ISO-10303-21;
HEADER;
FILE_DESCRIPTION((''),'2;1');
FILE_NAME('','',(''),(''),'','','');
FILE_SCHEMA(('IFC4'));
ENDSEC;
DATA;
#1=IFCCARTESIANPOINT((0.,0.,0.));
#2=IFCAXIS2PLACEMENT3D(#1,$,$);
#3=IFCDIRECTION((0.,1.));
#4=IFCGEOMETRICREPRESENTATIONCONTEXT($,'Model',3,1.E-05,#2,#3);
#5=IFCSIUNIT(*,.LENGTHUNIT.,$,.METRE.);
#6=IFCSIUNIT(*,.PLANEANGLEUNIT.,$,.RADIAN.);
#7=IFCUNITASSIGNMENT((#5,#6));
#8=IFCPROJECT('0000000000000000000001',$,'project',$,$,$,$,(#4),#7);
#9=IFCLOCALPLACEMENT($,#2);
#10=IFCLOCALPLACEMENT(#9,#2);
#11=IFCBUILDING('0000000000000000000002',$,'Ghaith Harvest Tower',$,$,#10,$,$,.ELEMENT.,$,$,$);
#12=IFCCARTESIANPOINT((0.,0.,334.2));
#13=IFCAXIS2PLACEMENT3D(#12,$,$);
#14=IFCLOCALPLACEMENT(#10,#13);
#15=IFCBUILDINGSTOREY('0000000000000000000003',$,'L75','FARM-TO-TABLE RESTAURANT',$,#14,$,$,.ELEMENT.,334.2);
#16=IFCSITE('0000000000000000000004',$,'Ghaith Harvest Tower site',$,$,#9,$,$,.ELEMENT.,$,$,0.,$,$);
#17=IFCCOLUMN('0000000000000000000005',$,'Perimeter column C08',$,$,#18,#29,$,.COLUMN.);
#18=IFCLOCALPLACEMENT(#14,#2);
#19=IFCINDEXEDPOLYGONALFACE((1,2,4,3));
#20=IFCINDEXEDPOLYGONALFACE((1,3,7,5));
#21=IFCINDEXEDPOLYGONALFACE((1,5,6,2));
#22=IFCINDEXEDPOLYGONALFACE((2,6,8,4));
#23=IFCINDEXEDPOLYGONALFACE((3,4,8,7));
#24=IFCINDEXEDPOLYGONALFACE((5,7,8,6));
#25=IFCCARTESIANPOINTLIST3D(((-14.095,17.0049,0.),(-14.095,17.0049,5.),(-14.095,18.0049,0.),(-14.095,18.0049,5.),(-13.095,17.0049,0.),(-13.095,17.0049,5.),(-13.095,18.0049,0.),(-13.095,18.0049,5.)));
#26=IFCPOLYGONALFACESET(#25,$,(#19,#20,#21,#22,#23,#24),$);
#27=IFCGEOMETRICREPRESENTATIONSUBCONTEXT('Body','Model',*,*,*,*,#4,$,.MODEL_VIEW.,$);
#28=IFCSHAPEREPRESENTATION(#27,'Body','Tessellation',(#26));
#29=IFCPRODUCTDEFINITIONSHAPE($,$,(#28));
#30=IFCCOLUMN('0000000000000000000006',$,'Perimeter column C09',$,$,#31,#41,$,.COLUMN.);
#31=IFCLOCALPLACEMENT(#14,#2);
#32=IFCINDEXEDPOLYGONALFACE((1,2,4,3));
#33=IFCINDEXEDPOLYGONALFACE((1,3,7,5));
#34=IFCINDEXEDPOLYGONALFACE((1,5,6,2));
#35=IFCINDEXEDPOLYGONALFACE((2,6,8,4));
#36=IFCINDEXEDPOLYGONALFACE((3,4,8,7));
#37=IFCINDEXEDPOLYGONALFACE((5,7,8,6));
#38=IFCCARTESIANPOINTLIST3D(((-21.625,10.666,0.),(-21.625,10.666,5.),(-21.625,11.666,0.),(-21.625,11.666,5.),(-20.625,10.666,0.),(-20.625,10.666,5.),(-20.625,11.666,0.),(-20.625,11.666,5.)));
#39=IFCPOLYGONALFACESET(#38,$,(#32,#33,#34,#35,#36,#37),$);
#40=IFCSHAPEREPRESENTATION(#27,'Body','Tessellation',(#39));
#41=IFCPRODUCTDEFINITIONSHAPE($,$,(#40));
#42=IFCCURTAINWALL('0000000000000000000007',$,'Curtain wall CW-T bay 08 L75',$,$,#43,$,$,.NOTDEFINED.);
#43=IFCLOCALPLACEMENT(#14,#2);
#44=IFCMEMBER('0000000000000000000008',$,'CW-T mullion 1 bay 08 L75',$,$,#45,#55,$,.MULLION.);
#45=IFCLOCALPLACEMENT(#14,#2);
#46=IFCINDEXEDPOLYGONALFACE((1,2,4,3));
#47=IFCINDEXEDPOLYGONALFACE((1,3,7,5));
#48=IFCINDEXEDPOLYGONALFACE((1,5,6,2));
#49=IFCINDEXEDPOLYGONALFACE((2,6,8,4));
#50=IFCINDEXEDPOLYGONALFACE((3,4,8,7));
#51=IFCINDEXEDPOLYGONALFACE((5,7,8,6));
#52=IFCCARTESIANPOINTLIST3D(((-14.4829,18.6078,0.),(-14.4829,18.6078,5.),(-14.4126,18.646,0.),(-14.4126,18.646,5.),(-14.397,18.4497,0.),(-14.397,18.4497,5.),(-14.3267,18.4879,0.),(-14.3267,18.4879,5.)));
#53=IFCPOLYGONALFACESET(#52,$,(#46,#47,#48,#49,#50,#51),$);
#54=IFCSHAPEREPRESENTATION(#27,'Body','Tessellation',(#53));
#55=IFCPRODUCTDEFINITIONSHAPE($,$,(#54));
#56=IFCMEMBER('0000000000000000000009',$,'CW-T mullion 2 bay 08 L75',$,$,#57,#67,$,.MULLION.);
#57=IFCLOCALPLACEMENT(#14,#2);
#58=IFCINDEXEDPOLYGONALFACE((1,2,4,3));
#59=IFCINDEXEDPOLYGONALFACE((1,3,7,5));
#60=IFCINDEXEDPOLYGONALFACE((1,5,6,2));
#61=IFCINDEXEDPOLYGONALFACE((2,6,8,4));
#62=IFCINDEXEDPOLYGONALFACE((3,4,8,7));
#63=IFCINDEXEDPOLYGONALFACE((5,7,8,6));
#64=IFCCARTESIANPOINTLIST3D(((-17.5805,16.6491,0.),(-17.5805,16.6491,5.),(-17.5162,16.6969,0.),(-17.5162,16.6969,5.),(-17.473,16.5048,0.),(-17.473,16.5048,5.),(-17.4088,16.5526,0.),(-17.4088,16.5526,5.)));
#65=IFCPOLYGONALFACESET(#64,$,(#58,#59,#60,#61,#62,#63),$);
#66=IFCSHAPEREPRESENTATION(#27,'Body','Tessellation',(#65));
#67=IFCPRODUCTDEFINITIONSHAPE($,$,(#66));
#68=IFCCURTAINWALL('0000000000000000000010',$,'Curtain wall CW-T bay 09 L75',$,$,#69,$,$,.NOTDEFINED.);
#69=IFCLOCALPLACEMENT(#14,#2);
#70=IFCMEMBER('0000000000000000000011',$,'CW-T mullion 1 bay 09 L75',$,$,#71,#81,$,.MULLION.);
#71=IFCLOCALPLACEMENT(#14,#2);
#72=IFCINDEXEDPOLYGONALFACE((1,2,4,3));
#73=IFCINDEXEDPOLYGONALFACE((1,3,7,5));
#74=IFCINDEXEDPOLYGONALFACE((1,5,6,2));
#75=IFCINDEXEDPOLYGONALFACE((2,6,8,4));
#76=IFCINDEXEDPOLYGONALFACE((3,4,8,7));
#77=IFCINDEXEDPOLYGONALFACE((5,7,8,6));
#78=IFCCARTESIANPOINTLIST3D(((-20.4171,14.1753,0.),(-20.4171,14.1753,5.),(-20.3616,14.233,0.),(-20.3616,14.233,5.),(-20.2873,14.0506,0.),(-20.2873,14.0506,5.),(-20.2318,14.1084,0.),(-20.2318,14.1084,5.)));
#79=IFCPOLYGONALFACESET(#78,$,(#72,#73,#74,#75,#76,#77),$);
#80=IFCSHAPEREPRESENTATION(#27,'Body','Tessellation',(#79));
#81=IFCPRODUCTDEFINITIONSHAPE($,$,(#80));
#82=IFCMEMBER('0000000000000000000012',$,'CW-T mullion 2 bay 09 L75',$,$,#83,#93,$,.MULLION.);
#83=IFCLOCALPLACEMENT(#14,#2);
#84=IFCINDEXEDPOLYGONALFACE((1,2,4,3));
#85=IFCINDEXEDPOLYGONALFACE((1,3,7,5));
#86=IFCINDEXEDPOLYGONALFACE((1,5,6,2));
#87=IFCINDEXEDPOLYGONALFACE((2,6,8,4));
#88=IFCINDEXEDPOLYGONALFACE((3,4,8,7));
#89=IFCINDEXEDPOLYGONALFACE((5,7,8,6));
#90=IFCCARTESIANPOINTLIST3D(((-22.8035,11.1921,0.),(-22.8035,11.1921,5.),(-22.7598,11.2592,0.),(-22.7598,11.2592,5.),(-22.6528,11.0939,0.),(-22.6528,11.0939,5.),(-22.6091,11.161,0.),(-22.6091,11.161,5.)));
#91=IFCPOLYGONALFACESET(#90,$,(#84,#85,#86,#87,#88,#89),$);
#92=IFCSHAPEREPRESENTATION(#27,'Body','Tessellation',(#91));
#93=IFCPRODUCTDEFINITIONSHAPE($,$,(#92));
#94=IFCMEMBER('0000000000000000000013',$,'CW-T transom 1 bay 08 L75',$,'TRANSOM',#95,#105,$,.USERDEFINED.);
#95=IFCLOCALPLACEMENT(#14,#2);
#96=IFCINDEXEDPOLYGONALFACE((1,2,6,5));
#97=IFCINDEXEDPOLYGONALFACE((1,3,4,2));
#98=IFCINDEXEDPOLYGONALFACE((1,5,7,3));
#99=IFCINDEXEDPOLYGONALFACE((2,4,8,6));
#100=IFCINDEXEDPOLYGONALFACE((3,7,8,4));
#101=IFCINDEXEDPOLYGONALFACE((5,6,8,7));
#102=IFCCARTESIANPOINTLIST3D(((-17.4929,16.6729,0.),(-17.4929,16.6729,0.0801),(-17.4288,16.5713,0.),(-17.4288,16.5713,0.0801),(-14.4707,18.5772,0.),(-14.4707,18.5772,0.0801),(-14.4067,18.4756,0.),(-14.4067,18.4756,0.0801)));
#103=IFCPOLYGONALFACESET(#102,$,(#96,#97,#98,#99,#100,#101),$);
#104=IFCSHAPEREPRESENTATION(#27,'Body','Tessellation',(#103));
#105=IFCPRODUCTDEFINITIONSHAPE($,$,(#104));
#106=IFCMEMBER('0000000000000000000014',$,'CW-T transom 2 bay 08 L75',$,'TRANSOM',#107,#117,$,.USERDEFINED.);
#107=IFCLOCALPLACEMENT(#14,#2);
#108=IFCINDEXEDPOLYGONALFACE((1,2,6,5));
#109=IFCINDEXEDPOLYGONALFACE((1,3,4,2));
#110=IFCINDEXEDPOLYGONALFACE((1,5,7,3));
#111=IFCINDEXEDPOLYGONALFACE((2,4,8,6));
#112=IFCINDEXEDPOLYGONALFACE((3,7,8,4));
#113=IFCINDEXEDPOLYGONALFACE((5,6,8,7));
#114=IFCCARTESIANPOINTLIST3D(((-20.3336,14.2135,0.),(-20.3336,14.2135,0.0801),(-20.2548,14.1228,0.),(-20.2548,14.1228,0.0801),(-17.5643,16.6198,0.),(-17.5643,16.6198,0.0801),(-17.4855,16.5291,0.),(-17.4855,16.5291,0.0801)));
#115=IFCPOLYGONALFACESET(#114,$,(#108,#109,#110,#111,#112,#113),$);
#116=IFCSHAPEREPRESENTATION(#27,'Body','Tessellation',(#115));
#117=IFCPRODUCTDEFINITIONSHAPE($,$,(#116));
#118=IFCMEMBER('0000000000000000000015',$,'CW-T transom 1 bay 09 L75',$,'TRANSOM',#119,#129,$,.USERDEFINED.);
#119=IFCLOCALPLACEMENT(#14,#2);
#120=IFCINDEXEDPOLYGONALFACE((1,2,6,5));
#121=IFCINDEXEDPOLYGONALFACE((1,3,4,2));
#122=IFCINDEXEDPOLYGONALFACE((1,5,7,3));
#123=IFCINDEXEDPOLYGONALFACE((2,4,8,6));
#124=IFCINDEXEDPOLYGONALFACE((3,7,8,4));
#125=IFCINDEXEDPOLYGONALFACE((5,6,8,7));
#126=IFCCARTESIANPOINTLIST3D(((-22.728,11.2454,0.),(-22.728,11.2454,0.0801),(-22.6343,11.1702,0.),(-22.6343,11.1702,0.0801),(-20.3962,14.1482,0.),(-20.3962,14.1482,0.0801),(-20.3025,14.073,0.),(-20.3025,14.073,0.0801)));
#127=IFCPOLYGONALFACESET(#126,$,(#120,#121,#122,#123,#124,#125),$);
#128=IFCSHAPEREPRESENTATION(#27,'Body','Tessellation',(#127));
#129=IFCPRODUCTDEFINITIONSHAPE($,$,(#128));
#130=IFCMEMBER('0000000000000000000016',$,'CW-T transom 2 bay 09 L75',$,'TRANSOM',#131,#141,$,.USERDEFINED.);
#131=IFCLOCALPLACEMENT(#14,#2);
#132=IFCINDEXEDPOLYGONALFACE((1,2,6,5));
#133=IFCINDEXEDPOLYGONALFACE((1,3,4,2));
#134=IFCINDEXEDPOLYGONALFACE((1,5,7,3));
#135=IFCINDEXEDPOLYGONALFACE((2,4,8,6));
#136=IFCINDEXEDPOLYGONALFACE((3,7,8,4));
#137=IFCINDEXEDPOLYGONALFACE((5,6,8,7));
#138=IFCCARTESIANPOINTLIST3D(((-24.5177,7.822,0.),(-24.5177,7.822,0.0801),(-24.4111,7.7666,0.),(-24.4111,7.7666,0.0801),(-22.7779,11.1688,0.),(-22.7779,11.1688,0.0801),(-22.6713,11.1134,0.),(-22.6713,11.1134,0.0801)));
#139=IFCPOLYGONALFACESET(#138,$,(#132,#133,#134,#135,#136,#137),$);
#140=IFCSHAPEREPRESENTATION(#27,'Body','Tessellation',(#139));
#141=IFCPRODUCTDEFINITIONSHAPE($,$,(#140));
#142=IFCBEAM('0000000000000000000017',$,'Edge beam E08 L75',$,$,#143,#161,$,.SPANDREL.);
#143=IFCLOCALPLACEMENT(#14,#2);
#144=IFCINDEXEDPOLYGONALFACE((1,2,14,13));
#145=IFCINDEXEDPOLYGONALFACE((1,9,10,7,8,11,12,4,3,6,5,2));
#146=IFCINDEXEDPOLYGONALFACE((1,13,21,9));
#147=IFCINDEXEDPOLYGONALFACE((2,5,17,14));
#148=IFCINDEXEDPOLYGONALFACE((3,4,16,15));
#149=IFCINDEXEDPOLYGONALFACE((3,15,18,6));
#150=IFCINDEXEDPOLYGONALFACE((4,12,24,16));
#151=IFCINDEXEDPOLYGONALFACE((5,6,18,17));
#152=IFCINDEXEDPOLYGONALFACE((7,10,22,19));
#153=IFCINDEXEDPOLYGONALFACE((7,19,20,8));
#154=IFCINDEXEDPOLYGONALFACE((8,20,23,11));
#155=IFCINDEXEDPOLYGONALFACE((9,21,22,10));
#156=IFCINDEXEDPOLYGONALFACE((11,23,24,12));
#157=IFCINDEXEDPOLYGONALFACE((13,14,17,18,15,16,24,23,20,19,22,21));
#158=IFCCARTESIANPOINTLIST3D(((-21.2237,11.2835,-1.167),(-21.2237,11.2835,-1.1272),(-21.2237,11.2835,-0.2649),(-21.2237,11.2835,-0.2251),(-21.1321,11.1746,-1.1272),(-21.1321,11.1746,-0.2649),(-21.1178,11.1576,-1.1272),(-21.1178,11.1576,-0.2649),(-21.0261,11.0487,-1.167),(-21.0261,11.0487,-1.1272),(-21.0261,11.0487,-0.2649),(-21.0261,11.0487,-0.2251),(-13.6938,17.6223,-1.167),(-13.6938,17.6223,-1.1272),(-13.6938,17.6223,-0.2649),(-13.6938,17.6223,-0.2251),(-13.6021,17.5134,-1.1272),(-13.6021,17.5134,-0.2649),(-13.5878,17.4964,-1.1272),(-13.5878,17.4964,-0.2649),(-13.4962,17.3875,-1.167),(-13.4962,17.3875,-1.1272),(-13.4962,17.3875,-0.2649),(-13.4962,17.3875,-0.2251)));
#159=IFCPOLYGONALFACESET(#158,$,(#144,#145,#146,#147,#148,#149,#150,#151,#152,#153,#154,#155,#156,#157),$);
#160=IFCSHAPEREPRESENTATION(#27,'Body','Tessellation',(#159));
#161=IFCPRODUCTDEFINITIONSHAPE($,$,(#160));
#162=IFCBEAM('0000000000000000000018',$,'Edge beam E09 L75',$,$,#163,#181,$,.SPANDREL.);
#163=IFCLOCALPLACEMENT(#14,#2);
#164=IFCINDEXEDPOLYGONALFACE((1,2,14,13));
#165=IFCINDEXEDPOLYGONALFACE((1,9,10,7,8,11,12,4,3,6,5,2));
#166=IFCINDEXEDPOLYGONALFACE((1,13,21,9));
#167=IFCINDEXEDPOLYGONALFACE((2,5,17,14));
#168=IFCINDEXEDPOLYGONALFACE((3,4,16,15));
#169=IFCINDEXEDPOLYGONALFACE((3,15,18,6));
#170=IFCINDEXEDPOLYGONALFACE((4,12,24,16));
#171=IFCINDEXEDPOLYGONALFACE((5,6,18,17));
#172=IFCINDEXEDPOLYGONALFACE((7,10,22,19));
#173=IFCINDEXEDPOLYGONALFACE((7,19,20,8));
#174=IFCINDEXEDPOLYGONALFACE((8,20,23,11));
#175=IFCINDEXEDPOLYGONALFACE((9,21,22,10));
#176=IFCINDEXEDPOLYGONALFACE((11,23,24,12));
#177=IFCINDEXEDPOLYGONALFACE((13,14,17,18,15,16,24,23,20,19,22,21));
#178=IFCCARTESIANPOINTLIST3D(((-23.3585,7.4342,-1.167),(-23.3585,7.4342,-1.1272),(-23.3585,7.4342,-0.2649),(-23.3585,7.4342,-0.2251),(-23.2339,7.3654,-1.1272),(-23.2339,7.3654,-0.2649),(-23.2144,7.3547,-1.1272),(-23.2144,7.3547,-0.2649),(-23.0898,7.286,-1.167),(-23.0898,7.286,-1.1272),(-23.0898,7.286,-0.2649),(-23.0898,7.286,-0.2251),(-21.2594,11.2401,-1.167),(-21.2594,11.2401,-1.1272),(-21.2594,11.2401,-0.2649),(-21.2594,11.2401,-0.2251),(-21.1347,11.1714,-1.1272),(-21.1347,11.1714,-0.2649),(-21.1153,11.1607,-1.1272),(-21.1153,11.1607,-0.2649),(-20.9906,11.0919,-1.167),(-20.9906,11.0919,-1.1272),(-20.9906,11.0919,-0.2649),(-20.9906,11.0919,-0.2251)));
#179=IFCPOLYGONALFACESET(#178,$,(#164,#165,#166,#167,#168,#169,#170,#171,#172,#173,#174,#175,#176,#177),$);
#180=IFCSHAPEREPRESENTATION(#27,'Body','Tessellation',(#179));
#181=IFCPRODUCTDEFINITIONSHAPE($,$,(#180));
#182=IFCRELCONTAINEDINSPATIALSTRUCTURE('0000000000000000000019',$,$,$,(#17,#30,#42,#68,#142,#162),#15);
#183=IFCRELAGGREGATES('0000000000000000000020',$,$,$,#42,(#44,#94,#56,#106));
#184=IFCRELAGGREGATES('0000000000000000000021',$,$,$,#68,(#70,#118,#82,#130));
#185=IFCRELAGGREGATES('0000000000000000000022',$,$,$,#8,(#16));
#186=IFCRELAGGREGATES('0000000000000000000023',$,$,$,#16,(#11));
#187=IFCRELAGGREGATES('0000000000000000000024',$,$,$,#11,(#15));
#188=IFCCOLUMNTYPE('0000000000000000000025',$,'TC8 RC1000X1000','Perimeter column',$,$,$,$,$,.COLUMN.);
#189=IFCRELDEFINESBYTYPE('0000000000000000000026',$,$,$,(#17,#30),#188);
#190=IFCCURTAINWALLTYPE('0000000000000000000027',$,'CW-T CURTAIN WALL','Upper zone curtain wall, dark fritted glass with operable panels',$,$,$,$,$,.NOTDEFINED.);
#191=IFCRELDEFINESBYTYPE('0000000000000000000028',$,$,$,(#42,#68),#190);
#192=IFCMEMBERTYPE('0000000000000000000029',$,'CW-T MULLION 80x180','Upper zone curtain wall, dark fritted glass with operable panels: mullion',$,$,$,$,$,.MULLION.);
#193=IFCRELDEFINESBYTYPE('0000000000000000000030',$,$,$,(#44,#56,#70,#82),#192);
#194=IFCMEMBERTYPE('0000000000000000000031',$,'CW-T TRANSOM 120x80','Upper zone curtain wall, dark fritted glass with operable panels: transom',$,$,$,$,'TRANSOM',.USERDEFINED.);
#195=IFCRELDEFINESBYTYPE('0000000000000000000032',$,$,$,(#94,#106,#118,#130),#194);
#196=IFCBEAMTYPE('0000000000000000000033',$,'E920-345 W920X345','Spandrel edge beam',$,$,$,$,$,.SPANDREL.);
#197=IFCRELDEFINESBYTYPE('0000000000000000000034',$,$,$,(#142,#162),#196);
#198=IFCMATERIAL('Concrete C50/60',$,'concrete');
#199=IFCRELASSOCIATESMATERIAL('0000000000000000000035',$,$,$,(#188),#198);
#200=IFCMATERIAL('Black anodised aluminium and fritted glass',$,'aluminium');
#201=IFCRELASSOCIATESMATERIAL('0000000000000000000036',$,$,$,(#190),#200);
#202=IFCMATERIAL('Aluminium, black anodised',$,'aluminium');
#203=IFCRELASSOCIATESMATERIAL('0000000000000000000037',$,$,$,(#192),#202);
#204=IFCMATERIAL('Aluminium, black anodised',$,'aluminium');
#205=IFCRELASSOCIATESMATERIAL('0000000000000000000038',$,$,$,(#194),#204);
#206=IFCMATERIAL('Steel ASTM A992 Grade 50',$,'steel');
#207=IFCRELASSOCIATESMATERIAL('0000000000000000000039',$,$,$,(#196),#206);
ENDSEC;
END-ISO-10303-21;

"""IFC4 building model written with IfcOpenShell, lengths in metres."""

from ifc_helpers import new_model, si_unit, direction, frame, origin, origin_2d, place, context, subcontext, project, spatial, rectangle, i_section, extrude, material, material_profile, profile_set, type_object, element, aggregate, save


model = new_model("IFC4")

# Units and contexts
model_context = context("Model", 3, precision=1e-05, world=origin(), true_north=direction((0.0, 1.0)))
body_context = subcontext(model_context, "Body", "Model", "MODEL_VIEW")
ifc_project = project(units=[si_unit("LENGTHUNIT", "METRE"), si_unit("PLANEANGLEUNIT", "RADIAN")], contexts=[model_context])

# Site, building, storey
site_placement = place(None, origin())
site = spatial("IfcSite", under=ifc_project, at=site_placement, Name="Ghaith Harvest Tower site", CompositionType="ELEMENT", RefElevation=0.0)
building_placement = place(site_placement, origin())
building = spatial("IfcBuilding", under=site, at=building_placement, Name="Ghaith Harvest Tower", CompositionType="ELEMENT")
storey_placement = place(building_placement, frame((0.0, 0.0, 334.2)))
storey = spatial("IfcBuildingStorey", under=building, at=storey_placement, Name="L75", Description="FARM-TO-TABLE RESTAURANT", CompositionType="ELEMENT", Elevation=334.2)

# Columns
ifc_material_1 = material(Name="Concrete C50/60", Category="concrete")
ifc_material_profile_1 = material_profile(ifc_material_1, rectangle(XDim=1.0, YDim=1.0, at=origin_2d()), Name="RC1000X1000")
ifc_profile_set_1 = profile_set([ifc_material_profile_1], Name="Concrete C50/60")
column_type = type_object("IfcColumnType", Name="TC8 RC1000X1000", Description="Perimeter column", PredefinedType="COLUMN", material=ifc_profile_set_1)
for number, where, z_axis, x_axis, name in (
    (1, (-13.595, 17.5049, 0.0), (0.0, 0.0, 1.0), (1.0, 0.0, 0.0), "Perimeter column C08"),
    (2, (-21.125, 11.166, 0.0), (0.0, 0.0, 1.0), (1.0, 0.0, 0.0), "Perimeter column C09"),
):
    element("IfcColumn", number, at=place(storey_placement, frame(where, z_axis=z_axis, x_axis=x_axis)), inside=storey, type_object=column_type, Name=name, PredefinedType="COLUMN", context=body_context, shape_type="SweptSolid", body=[
        extrude(rectangle(XDim=1.0, YDim=1.0, at=origin_2d()), origin(), (0.0, 0.0, 1.0), 5.0),
    ])

# Curtain walls, members
ifc_material_2 = material(Name="Black anodised aluminium and fritted glass", Category="aluminium")
curtain_wall_type = type_object("IfcCurtainWallType", Name="CW-T CURTAIN WALL", Description="Upper zone curtain wall, dark fritted glass with operable panels", PredefinedType="NOTDEFINED", material=ifc_material_2)
curtain_wall_1_placement = place(storey_placement, origin())
curtain_wall_1 = element("IfcCurtainWall", 3, at=curtain_wall_1_placement, inside=storey, type_object=curtain_wall_type, Name="Curtain wall CW-T bay 08 L75", PredefinedType="NOTDEFINED")
ifc_material_3 = material(Name="Aluminium, black anodised", Category="aluminium")
ifc_material_profile_2 = material_profile(ifc_material_3, rectangle(XDim=0.0801, YDim=0.1799, at=origin_2d()), Name="CW-T MULLION 80x180")
ifc_profile_set_2 = profile_set([ifc_material_profile_2], Name="Aluminium, black anodised")
member_type_1 = type_object("IfcMemberType", Name="CW-T MULLION 80x180", Description="Upper zone curtain wall, dark fritted glass with operable panels: mullion", PredefinedType="MULLION", material=ifc_profile_set_2)
member_1_placement = place(storey_placement, frame((-14.4048, 18.5479, 0.0), z_axis=(0.0, 0.0, 1.0), x_axis=(-0.878672, -0.477426, 0.0)))
member_1 = element("IfcMember", 4, at=member_1_placement, type_object=member_type_1, Name="CW-T mullion 1 bay 08 L75", PredefinedType="MULLION", context=body_context, shape_type="SweptSolid", body=[
    extrude(rectangle(XDim=0.0801, YDim=0.1799, at=origin_2d()), origin(), (0.0, 0.0, 1.0), 5.0),
])
member_2_placement = place(storey_placement, frame((-17.4946, 16.6008, 0.0), z_axis=(0.0, 0.0, 1.0), x_axis=(-0.80219, -0.597069, 0.0)))
member_2 = element("IfcMember", 5, at=member_2_placement, type_object=member_type_1, Name="CW-T mullion 2 bay 08 L75", PredefinedType="MULLION", context=body_context, shape_type="SweptSolid", body=[
    extrude(rectangle(XDim=0.0801, YDim=0.1799, at=origin_2d()), origin(), (0.0, 0.0, 1.0), 5.0),
])
curtain_wall_2_placement = place(storey_placement, origin())
curtain_wall_2 = element("IfcCurtainWall", 6, at=curtain_wall_2_placement, inside=storey, type_object=curtain_wall_type, Name="Curtain wall CW-T bay 09 L75", PredefinedType="NOTDEFINED")
member_3_placement = place(storey_placement, frame((-20.3245, 14.1418, 0.0), z_axis=(0.0, 0.0, 1.0), x_axis=(-0.692826, -0.721104, 0.0)))
member_3 = element("IfcMember", 7, at=member_3_placement, type_object=member_type_1, Name="CW-T mullion 1 bay 09 L75", PredefinedType="MULLION", context=body_context, shape_type="SweptSolid", body=[
    extrude(rectangle(XDim=0.0801, YDim=0.1799, at=origin_2d()), origin(), (0.0, 0.0, 1.0), 5.0),
])
member_4_placement = place(storey_placement, frame((-22.7063, 11.1765, 0.0), z_axis=(0.0, 0.0, 1.0), x_axis=(-0.545865, -0.837873, 0.0)))
member_4 = element("IfcMember", 8, at=member_4_placement, type_object=member_type_1, Name="CW-T mullion 2 bay 09 L75", PredefinedType="MULLION", context=body_context, shape_type="SweptSolid", body=[
    extrude(rectangle(XDim=0.0801, YDim=0.1799, at=origin_2d()), origin(), (0.0, 0.0, 1.0), 5.0),
])

# Members
ifc_material_4 = material(Name="Aluminium, black anodised", Category="aluminium")
ifc_material_profile_3 = material_profile(ifc_material_4, rectangle(XDim=0.1201, YDim=0.0801, at=origin_2d()), Name="CW-T TRANSOM 120x80")
ifc_profile_set_3 = profile_set([ifc_material_profile_3], Name="Aluminium, black anodised")
member_type_2 = type_object("IfcMemberType", Name="CW-T TRANSOM 120x80", Description="Upper zone curtain wall, dark fritted glass with operable panels: transom", ElementType="TRANSOM", PredefinedType="USERDEFINED", material=ifc_profile_set_3)
member_5_placement = place(storey_placement, frame((-14.4387, 18.5264, 0.04), z_axis=(-0.846054, -0.533098, 0.0), x_axis=(0.533098, -0.846054, 0.0)))
member_5 = element("IfcMember", 9, at=member_5_placement, type_object=member_type_2, Name="CW-T transom 1 bay 08 L75", ObjectType="TRANSOM", PredefinedType="USERDEFINED", context=body_context, shape_type="SweptSolid", body=[
    extrude(rectangle(XDim=0.1201, YDim=0.0801, at=origin_2d()), origin(), (0.0, 0.0, 1.0), 3.572),
])
member_6_placement = place(storey_placement, frame((-17.5249, 16.5745, 0.04), z_axis=(-0.754852, -0.655895, 0.0), x_axis=(0.655895, -0.754852, 0.0)))
member_6 = element("IfcMember", 10, at=member_6_placement, type_object=member_type_2, Name="CW-T transom 2 bay 08 L75", ObjectType="TRANSOM", PredefinedType="USERDEFINED", context=body_context, shape_type="SweptSolid", body=[
    extrude(rectangle(XDim=0.1201, YDim=0.0801, at=origin_2d()), origin(), (0.0, 0.0, 1.0), 3.6687),
])
member_7_placement = place(storey_placement, frame((-20.3494, 14.1106, 0.04), z_axis=(-0.626253, -0.77962, 0.0), x_axis=(0.77962, -0.626253, 0.0)))
member_7 = element("IfcMember", 11, at=member_7_placement, type_object=member_type_2, Name="CW-T transom 1 bay 09 L75", ObjectType="TRANSOM", PredefinedType="USERDEFINED", context=body_context, shape_type="SweptSolid", body=[
    extrude(rectangle(XDim=0.1201, YDim=0.0801, at=origin_2d()), origin(), (0.0, 0.0, 1.0), 3.7234),
])
member_8_placement = place(storey_placement, frame((-22.7246, 11.1411, 0.04), z_axis=(-0.461243, -0.887274, 0.0), x_axis=(0.887274, -0.461243, 0.0)))
member_8 = element("IfcMember", 12, at=member_8_placement, type_object=member_type_2, Name="CW-T transom 2 bay 09 L75", ObjectType="TRANSOM", PredefinedType="USERDEFINED", context=body_context, shape_type="SweptSolid", body=[
    extrude(rectangle(XDim=0.1201, YDim=0.0801, at=origin_2d()), origin(), (0.0, 0.0, 1.0), 3.772),
])

# Beams
ifc_material_5 = material(Name="Steel ASTM A992 Grade 50", Category="steel")
ifc_material_profile_4 = material_profile(ifc_material_5, i_section(OverallWidth=0.3069, OverallDepth=0.9419, WebThickness=0.0222, FlangeThickness=0.0398, at=origin_2d()), Name="W920X345")
ifc_profile_set_4 = profile_set([ifc_material_profile_4], Name="Steel ASTM A992 Grade 50")
beam_type = type_object("IfcBeamType", Name="E920-345 W920X345", Description="Spandrel edge beam", PredefinedType="SPANDREL", material=ifc_profile_set_4)
beam_1_placement = place(storey_placement, frame((-13.595, 17.5049, -0.696), z_axis=(-0.765022, -0.644004, 0.0), x_axis=(0.644004, -0.765022, 0.0)))
element("IfcBeam", 13, at=beam_1_placement, inside=storey, type_object=beam_type, Name="Edge beam E08 L75", PredefinedType="SPANDREL", context=body_context, shape_type="SweptSolid", body=[
    extrude(i_section(OverallWidth=0.3069, OverallDepth=0.9419, WebThickness=0.0222, FlangeThickness=0.0398, at=origin_2d()), origin(), (0.0, 0.0, 1.0), 9.8428),
])
beam_2_placement = place(storey_placement, frame((-21.125, 11.166, -0.696), z_axis=(-0.482956, -0.875645, 0.0), x_axis=(0.875645, -0.482956, 0.0)))
element("IfcBeam", 14, at=beam_2_placement, inside=storey, type_object=beam_type, Name="Edge beam E09 L75", PredefinedType="SPANDREL", context=body_context, shape_type="SweptSolid", body=[
    extrude(i_section(OverallWidth=0.3069, OverallDepth=0.9419, WebThickness=0.0222, FlangeThickness=0.0398, at=origin_2d()), origin(), (0.0, 0.0, 1.0), 4.3464),
])

aggregate(curtain_wall_1, [member_1, member_5, member_2, member_6])
aggregate(curtain_wall_2, [member_3, member_7, member_4, member_8])

save(model, "model.ifc")
